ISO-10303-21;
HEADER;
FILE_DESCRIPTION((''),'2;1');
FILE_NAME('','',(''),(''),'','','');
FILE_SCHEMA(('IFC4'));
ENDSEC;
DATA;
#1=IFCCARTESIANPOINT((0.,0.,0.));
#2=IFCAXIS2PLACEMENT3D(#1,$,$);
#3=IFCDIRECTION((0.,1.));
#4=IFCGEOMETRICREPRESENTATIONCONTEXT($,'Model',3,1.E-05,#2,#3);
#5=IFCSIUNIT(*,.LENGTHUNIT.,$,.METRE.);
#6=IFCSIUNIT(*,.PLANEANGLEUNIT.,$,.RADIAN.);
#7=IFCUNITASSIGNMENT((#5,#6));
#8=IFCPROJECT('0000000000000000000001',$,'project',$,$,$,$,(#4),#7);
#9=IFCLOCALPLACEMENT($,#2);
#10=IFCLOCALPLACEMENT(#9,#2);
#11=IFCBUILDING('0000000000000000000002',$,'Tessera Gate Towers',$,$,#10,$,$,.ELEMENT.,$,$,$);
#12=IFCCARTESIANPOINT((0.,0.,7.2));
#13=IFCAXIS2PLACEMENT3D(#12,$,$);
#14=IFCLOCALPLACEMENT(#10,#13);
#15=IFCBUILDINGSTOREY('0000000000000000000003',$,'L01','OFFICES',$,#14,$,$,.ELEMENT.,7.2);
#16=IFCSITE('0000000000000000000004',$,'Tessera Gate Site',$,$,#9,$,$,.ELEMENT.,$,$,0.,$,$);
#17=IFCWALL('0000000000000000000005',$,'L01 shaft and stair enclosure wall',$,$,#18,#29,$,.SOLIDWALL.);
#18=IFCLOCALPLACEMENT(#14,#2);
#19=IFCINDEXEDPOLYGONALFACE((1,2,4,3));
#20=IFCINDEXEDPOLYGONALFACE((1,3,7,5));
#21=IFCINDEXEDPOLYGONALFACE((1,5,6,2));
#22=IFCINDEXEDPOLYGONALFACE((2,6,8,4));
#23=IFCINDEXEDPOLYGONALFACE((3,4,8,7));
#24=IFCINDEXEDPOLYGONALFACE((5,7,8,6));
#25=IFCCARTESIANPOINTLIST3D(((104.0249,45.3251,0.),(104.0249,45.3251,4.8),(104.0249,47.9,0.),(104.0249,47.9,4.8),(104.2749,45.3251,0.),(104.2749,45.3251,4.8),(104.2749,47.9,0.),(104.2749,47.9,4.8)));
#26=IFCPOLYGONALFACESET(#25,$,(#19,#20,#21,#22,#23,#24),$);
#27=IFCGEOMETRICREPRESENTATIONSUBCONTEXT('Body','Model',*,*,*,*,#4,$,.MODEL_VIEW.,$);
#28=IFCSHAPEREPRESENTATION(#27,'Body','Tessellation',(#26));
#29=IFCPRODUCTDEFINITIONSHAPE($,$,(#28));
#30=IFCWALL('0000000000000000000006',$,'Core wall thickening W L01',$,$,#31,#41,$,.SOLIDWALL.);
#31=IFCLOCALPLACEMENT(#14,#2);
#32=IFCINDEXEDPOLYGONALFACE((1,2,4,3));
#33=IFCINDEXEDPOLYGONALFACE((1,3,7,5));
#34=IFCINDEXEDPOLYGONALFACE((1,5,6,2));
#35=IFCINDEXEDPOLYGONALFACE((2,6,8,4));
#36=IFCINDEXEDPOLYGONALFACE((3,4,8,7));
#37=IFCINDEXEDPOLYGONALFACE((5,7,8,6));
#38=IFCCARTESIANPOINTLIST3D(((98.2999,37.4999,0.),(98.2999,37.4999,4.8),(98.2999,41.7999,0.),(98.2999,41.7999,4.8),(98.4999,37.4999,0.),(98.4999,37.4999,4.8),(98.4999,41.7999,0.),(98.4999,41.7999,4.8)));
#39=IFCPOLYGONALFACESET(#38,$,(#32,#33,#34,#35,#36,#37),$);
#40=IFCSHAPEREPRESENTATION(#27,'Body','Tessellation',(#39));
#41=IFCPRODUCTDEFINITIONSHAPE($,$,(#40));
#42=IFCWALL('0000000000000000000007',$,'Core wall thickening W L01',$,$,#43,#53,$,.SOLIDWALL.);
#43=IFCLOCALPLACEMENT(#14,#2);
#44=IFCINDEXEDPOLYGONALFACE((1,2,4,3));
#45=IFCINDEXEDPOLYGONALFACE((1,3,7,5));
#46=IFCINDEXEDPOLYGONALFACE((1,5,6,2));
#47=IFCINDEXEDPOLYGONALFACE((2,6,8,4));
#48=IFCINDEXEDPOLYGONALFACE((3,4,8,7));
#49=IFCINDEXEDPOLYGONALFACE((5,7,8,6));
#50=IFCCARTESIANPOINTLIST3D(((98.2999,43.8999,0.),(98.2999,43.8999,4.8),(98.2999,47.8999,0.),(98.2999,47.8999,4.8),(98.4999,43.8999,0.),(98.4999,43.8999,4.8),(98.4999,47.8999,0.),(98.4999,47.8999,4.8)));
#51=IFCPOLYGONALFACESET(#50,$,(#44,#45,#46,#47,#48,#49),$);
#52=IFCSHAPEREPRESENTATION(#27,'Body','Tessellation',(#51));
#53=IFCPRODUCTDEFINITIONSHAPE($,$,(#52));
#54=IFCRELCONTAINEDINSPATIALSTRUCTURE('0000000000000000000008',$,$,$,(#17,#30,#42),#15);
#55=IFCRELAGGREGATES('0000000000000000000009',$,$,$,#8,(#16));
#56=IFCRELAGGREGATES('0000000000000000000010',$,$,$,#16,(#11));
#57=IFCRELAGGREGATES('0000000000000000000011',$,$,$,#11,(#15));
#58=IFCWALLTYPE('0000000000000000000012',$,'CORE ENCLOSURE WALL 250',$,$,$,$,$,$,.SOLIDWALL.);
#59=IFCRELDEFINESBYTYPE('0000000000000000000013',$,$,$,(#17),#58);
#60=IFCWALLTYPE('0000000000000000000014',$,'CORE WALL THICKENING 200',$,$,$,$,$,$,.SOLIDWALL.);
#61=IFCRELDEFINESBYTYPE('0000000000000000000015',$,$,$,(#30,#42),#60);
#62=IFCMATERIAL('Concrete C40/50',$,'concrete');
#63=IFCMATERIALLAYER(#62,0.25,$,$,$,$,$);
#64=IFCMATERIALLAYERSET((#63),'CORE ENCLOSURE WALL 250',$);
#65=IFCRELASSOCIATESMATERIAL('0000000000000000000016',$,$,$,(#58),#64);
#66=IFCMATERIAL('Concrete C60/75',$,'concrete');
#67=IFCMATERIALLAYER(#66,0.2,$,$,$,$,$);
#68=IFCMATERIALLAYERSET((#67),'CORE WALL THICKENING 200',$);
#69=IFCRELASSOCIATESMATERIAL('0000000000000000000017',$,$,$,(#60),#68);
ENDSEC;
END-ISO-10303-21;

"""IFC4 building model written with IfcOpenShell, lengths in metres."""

from ifc_helpers import new_model, si_unit, direction, frame, frame_2d, origin, place, context, subcontext, project, spatial, rectangle, extrude, material, layer, layer_set, type_object, element, save


model = new_model("IFC4")

# Units and contexts
model_context = context("Model", 3, precision=1e-05, world=origin(), true_north=direction((0.0, 1.0)))
body_context = subcontext(model_context, "Body", "Model", "MODEL_VIEW")
ifc_project = project(units=[si_unit("LENGTHUNIT", "METRE"), si_unit("PLANEANGLEUNIT", "RADIAN")], contexts=[model_context])

# Site, building, storey
site_placement = place(None, origin())
site = spatial("IfcSite", under=ifc_project, at=site_placement, Name="Tessera Gate Site", CompositionType="ELEMENT", RefElevation=0.0)
building_placement = place(site_placement, origin())
building = spatial("IfcBuilding", under=site, at=building_placement, Name="Tessera Gate Towers", CompositionType="ELEMENT")
storey_placement = place(building_placement, frame((0.0, 0.0, 7.2)))
storey = spatial("IfcBuildingStorey", under=building, at=storey_placement, Name="L01", Description="OFFICES", CompositionType="ELEMENT", Elevation=7.2)

# Shared definitions
ifc_material_1 = material(Name="Concrete C40/50", Category="concrete")
ifc_layer_1 = layer(ifc_material_1, 0.25)
ifc_layer_set_1 = layer_set([ifc_layer_1], Name="CORE ENCLOSURE WALL 250")
wall_type_1 = type_object("IfcWallType", Name="CORE ENCLOSURE WALL 250", PredefinedType="SOLIDWALL", material=ifc_layer_set_1)

# Walls
for number, where, z_axis, x_axis, name in (
    (1, (104.1499, 45.325, 0.0), (0.0, 0.0, 1.0), (0.0, 1.0, 0.0), "L01 shaft and stair enclosure wall"),
):
    element("IfcWall", number, at=place(storey_placement, frame(where, z_axis=z_axis, x_axis=x_axis)), inside=storey, type_object=wall_type_1, Name=name, PredefinedType="SOLIDWALL", context=body_context, shape_type="SweptSolid", body=[
        extrude(rectangle(XDim=2.575, YDim=0.25, at=frame_2d((1.2876, 0.0))), origin(), (0.0, 0.0, 1.0), 4.8),
    ])
ifc_material_2 = material(Name="Concrete C60/75", Category="concrete")
ifc_layer_2 = layer(ifc_material_2, 0.2)
ifc_layer_set_2 = layer_set([ifc_layer_2], Name="CORE WALL THICKENING 200")
wall_type_2 = type_object("IfcWallType", Name="CORE WALL THICKENING 200", PredefinedType="SOLIDWALL", material=ifc_layer_set_2)
wall_1_placement = place(storey_placement, frame((98.3999, 37.5, 0.0), z_axis=(0.0, 0.0, 1.0), x_axis=(0.0, 1.0, 0.0)))
element("IfcWall", 2, at=wall_1_placement, inside=storey, type_object=wall_type_2, Name="Core wall thickening W L01", PredefinedType="SOLIDWALL", context=body_context, shape_type="SweptSolid", body=[
    extrude(rectangle(XDim=4.3, YDim=0.2, at=frame_2d((2.1499, 0.0))), origin(), (0.0, 0.0, 1.0), 4.8),
])
wall_2_placement = place(storey_placement, frame((98.3999, 43.8999, 0.0), z_axis=(0.0, 0.0, 1.0), x_axis=(0.0, 1.0, 0.0)))
element("IfcWall", 3, at=wall_2_placement, inside=storey, type_object=wall_type_2, Name="Core wall thickening W L01", PredefinedType="SOLIDWALL", context=body_context, shape_type="SweptSolid", body=[
    extrude(rectangle(XDim=4.0, YDim=0.2, at=frame_2d((2.0, 0.0))), origin(), (0.0, 0.0, 1.0), 4.8),
])

save(model, "model.ifc")
